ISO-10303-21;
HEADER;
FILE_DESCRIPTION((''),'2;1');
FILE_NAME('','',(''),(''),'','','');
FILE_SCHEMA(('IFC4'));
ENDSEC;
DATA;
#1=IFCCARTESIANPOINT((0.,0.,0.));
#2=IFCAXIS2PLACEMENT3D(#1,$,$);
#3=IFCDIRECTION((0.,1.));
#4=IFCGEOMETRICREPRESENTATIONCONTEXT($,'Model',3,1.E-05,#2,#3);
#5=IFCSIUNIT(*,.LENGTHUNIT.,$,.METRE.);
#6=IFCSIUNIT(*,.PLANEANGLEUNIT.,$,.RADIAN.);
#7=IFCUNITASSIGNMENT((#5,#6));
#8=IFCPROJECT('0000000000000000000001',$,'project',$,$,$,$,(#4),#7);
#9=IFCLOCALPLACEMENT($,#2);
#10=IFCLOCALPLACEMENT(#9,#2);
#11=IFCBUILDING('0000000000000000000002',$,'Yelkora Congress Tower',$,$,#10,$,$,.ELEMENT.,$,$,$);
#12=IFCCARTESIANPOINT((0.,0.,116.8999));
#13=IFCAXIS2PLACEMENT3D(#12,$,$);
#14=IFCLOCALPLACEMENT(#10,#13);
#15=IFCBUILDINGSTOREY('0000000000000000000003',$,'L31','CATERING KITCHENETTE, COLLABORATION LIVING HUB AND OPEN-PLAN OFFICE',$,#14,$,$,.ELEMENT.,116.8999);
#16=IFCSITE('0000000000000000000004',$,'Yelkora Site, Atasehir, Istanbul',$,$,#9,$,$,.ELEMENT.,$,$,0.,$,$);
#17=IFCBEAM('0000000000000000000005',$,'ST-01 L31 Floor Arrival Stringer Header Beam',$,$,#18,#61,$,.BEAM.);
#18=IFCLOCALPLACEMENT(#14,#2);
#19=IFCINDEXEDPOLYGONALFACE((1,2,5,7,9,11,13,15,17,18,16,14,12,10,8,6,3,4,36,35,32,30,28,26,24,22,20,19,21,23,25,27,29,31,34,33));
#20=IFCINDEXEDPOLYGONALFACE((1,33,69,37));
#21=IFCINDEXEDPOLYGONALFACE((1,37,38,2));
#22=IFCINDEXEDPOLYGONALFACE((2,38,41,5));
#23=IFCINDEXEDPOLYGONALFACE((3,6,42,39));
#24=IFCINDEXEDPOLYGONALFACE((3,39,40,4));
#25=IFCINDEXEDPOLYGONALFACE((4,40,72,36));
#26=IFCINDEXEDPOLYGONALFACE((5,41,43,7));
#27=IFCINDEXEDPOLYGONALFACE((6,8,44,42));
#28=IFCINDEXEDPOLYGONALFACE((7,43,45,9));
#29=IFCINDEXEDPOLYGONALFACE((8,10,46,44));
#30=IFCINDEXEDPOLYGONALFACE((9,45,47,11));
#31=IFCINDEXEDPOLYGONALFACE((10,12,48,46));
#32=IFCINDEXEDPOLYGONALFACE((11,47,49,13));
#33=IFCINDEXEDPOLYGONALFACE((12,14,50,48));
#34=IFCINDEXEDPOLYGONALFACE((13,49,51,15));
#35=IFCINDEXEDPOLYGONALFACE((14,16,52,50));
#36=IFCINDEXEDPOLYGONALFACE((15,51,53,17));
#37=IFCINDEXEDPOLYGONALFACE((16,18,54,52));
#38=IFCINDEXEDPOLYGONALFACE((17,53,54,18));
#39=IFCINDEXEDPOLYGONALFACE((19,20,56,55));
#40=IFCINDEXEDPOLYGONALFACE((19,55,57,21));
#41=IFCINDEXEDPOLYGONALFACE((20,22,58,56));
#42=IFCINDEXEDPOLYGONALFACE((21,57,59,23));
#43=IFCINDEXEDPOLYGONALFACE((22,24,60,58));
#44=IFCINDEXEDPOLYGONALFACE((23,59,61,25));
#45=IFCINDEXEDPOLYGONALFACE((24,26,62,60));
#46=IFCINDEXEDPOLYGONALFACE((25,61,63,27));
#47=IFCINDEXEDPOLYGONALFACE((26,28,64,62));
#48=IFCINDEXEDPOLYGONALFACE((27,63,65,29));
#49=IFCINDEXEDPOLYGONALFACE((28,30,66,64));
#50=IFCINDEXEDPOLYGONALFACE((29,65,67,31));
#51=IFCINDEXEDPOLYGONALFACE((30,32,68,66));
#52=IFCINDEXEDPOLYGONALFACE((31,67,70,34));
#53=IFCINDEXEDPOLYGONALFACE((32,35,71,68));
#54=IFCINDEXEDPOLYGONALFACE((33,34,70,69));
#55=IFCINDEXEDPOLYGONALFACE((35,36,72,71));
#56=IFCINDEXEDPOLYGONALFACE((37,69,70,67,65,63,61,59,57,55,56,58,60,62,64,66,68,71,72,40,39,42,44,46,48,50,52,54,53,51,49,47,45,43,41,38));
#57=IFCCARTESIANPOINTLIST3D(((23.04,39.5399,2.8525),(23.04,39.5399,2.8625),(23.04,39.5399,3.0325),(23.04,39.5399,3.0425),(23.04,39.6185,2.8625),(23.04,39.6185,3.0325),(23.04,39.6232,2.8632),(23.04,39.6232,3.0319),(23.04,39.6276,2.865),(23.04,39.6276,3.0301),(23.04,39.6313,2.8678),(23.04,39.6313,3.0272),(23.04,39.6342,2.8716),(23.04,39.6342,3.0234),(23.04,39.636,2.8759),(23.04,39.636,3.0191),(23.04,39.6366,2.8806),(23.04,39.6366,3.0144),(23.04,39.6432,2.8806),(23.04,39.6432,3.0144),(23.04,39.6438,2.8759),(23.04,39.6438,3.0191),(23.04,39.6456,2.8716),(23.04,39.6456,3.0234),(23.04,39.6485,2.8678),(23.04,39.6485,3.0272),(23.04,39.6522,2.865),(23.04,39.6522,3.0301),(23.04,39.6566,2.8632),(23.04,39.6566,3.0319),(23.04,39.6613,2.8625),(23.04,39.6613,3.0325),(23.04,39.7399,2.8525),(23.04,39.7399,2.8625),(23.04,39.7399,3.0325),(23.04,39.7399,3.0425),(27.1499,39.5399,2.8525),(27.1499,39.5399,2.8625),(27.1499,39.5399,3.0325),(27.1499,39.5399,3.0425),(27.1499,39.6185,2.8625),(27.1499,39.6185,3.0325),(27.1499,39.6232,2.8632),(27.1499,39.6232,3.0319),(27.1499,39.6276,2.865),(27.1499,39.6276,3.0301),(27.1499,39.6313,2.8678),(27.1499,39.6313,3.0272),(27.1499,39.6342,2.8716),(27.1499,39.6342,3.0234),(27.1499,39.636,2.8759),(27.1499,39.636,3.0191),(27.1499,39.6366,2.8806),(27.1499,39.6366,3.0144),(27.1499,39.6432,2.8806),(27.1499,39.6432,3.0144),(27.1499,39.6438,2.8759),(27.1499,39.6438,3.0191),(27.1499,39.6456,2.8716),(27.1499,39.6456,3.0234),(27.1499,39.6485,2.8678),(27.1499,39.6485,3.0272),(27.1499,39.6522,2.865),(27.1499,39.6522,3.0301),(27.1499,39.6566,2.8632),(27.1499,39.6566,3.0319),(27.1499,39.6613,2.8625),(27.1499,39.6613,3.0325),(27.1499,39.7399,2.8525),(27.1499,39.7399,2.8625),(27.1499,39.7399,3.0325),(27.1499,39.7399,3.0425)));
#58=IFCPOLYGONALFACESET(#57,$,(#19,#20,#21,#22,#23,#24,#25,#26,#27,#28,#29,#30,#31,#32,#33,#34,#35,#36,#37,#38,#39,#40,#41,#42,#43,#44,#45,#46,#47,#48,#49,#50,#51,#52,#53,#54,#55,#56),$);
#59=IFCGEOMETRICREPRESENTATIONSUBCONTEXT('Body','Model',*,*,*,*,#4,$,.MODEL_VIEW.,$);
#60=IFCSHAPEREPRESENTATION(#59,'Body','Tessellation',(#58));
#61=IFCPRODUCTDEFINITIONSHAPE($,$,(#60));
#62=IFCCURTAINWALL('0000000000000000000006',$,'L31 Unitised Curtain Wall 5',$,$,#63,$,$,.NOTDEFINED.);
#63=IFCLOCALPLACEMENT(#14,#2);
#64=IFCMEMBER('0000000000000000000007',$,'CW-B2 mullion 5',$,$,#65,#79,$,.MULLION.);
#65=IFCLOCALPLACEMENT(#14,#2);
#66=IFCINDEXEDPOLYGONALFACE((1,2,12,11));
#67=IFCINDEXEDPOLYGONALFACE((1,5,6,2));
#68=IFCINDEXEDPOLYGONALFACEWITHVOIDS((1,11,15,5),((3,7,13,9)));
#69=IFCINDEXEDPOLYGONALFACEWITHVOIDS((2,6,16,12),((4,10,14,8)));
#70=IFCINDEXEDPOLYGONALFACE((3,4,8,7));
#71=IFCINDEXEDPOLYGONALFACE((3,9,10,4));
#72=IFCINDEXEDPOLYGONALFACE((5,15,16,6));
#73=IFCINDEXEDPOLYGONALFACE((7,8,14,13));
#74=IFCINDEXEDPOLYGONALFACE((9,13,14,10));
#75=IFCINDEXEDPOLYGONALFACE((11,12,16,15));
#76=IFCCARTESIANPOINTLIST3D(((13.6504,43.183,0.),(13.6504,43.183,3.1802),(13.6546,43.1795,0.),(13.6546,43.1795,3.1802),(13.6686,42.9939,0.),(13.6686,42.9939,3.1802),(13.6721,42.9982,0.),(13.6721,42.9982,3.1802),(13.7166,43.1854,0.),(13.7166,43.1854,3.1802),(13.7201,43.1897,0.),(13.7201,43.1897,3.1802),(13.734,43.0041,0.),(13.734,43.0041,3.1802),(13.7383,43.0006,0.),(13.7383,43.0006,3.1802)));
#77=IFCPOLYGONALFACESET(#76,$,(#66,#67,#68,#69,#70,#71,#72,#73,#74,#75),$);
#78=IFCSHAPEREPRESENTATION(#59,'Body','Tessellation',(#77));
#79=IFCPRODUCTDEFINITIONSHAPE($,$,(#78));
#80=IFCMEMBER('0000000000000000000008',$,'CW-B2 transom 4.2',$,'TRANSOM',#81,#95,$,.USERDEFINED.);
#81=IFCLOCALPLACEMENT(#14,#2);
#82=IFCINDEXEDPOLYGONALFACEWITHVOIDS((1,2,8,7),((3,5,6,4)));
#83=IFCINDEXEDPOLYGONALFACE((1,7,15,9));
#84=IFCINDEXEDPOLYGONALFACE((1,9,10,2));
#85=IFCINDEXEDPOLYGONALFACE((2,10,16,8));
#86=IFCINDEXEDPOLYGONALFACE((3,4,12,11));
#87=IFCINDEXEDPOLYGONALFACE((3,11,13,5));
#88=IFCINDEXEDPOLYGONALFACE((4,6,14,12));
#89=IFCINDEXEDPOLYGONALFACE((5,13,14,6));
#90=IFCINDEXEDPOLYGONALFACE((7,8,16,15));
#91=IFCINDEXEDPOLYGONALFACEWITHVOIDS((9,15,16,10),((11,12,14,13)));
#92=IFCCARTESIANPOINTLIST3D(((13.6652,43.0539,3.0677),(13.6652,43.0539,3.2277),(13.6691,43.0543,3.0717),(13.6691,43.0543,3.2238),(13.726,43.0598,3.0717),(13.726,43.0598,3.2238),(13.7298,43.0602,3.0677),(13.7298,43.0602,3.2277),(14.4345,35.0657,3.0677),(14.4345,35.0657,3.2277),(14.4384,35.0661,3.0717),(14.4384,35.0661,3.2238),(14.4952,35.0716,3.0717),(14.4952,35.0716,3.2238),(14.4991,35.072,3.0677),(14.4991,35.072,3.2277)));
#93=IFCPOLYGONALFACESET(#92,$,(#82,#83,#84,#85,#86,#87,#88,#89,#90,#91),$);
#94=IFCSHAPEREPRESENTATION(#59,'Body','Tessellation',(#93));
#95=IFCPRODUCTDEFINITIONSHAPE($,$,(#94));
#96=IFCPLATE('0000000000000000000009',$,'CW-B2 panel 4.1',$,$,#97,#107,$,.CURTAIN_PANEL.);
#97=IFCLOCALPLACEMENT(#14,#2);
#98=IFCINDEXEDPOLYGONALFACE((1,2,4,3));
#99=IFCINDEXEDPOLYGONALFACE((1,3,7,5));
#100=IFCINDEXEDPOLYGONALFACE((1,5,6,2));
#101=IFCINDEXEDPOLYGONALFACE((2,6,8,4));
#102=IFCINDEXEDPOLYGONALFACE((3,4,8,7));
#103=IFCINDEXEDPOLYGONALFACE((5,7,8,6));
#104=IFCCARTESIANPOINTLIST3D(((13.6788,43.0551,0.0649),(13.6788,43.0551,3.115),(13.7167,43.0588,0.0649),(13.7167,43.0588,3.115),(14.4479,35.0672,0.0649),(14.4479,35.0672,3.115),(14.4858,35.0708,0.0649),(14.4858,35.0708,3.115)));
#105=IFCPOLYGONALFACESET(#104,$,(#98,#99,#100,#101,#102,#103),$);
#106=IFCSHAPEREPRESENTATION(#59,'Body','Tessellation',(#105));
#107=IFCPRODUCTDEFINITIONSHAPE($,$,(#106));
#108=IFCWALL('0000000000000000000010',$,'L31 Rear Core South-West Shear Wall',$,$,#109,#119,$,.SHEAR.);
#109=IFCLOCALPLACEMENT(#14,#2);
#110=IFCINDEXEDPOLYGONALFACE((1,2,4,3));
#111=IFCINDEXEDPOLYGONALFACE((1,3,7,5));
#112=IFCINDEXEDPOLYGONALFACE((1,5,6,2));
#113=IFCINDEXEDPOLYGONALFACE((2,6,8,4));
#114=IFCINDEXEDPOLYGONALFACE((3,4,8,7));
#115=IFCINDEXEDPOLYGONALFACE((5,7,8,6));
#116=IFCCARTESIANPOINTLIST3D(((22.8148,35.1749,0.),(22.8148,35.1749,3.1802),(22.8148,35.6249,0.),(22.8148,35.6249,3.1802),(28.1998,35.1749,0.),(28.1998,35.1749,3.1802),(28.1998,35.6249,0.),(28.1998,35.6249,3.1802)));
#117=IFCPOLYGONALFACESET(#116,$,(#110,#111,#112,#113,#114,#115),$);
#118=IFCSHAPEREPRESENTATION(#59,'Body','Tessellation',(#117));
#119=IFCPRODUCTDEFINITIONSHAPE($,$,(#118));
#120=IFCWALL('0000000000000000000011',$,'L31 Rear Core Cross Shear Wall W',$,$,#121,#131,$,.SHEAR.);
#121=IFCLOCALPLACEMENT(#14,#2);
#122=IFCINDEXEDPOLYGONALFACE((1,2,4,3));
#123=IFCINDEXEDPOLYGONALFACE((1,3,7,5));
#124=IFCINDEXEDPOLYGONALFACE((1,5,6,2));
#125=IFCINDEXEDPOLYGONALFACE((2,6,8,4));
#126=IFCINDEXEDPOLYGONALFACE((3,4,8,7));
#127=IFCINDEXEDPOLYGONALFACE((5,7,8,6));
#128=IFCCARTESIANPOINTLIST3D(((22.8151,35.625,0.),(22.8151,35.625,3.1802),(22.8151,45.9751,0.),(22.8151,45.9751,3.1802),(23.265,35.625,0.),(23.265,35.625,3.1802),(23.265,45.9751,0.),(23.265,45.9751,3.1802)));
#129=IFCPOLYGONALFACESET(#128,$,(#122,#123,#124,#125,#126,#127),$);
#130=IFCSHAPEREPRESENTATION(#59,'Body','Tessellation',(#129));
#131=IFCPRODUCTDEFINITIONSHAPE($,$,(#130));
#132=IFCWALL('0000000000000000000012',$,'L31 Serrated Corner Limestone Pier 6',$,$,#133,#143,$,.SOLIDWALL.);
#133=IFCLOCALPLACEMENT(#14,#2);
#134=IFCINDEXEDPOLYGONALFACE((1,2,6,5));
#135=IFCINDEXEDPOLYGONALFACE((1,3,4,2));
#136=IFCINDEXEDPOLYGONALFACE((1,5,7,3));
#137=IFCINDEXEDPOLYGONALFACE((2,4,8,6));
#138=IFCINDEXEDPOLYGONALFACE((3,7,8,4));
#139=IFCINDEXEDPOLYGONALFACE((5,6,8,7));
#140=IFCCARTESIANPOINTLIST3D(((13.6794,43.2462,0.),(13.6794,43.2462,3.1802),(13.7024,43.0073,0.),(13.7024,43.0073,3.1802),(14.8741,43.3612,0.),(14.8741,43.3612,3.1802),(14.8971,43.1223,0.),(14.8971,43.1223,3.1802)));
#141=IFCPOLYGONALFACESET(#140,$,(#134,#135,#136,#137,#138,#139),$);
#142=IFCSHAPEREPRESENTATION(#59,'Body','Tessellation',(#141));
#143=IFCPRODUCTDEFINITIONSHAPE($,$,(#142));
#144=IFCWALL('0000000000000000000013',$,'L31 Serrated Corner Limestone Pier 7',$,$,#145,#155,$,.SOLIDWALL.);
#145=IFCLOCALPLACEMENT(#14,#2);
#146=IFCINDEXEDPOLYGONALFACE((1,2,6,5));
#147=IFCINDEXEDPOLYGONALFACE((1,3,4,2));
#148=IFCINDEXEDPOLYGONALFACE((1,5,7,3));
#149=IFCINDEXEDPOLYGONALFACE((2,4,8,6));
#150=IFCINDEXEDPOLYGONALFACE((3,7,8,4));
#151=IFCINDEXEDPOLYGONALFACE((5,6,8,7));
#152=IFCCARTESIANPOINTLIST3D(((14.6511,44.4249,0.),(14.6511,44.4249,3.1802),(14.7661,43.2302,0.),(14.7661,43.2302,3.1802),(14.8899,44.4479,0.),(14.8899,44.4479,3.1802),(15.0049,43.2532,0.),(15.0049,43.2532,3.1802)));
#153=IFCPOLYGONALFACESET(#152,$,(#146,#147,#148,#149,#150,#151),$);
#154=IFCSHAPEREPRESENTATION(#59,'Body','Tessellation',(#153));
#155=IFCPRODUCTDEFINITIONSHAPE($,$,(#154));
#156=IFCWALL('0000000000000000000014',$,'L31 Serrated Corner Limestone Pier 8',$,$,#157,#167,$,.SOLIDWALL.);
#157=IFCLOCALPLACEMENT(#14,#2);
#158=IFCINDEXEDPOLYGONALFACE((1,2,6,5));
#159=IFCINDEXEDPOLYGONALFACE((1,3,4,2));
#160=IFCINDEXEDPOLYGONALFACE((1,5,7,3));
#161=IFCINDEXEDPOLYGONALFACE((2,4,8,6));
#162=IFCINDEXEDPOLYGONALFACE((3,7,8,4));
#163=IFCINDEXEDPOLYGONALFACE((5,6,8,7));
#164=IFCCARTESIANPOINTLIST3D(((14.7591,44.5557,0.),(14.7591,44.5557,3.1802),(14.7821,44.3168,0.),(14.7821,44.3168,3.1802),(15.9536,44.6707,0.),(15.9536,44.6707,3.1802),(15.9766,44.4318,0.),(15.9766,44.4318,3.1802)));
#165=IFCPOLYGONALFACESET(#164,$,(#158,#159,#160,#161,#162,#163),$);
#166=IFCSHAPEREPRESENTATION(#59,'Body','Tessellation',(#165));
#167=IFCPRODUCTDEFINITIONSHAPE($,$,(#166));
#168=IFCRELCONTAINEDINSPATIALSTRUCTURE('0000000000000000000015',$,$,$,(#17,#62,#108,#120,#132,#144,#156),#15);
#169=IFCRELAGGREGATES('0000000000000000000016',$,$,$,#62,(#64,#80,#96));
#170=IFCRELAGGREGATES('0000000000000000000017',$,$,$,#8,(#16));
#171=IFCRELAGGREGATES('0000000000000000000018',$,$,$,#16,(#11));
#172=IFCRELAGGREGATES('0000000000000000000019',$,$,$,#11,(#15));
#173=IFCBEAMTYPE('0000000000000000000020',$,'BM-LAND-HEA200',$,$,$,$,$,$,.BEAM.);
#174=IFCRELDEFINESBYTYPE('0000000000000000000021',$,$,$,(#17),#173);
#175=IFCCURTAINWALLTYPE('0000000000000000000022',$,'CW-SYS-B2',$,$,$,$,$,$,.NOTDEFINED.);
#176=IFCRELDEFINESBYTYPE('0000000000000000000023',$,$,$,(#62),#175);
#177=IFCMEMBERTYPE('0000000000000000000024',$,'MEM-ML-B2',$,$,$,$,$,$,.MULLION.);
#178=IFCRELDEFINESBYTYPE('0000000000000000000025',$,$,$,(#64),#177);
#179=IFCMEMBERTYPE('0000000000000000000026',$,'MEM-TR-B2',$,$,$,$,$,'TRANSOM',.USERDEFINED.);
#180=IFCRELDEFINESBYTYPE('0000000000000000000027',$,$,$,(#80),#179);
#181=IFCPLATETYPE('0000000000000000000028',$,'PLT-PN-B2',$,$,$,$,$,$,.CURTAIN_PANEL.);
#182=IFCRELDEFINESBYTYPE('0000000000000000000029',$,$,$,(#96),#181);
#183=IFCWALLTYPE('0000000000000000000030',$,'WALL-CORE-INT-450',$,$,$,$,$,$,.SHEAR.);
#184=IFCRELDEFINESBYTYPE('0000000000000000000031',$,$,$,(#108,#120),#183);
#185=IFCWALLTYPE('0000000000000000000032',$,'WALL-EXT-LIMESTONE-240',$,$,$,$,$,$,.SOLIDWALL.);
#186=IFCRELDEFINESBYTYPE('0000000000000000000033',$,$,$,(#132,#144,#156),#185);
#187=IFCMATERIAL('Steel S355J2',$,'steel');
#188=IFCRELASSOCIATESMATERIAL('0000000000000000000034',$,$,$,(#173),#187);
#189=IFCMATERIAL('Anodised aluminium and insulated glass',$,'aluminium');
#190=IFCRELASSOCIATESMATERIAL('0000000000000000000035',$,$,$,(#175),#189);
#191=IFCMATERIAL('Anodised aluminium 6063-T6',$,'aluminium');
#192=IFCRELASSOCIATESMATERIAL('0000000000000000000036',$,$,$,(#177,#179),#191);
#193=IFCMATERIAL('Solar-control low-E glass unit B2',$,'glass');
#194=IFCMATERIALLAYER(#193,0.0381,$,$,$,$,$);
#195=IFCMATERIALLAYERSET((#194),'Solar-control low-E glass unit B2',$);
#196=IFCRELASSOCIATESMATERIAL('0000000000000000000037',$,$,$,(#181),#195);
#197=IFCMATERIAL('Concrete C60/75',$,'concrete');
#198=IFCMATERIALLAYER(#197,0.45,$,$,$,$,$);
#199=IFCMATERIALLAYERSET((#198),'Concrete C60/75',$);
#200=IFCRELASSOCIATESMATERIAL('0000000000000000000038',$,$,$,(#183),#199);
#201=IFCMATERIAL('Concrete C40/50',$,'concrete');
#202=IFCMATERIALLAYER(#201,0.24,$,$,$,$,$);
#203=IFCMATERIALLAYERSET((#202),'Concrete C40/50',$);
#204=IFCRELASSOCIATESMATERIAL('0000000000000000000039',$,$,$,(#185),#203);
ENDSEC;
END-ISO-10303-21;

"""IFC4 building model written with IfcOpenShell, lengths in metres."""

from ifc_helpers import new_model, si_unit, direction, frame, frame_2d, origin, origin_2d, place, context, subcontext, project, spatial, rectangle, hollow_rectangle, i_section, extrude, material, layer, layer_set, material_profile, profile_set, type_object, element, aggregate, save


model = new_model("IFC4")

# Units and contexts
model_context = context("Model", 3, precision=1e-05, world=origin(), true_north=direction((0.0, 1.0)))
body_context = subcontext(model_context, "Body", "Model", "MODEL_VIEW")
ifc_project = project(units=[si_unit("LENGTHUNIT", "METRE"), si_unit("PLANEANGLEUNIT", "RADIAN")], contexts=[model_context])

# Site, building, storey
site_placement = place(None, origin())
site = spatial("IfcSite", under=ifc_project, at=site_placement, Name="Yelkora Site, Atasehir, Istanbul", CompositionType="ELEMENT", RefElevation=0.0)
building_placement = place(site_placement, origin())
building = spatial("IfcBuilding", under=site, at=building_placement, Name="Yelkora Congress Tower", CompositionType="ELEMENT")
storey_placement = place(building_placement, frame((0.0, 0.0, 116.8999)))
storey = spatial("IfcBuildingStorey", under=building, at=storey_placement, Name="L31", Description="CATERING KITCHENETTE, COLLABORATION LIVING HUB AND OPEN-PLAN OFFICE", CompositionType="ELEMENT", Elevation=116.8999)

# Beam
ifc_material_1 = material(Name="Steel S355J2", Category="steel")
ifc_material_profile_1 = material_profile(ifc_material_1, i_section(OverallWidth=0.2, OverallDepth=0.1899, WebThickness=0.0066, FlangeThickness=0.01, FilletRadius=0.0181, at=origin_2d()), Name="HEA 200")
ifc_profile_set_1 = profile_set([ifc_material_profile_1], Name="Steel S355J2")
beam_type_1 = type_object("IfcBeamType", Name="BM-LAND-HEA200", PredefinedType="BEAM", material=ifc_profile_set_1)
beam_1_placement = place(storey_placement, frame((23.04, 39.6399, 2.9475), z_axis=(1.0, 0.0, 0.0), x_axis=(0.0, 1.0, 0.0)))
element("IfcBeam", 1, at=beam_1_placement, inside=storey, type_object=beam_type_1, Name="ST-01 L31 Floor Arrival Stringer Header Beam", PredefinedType="BEAM", context=body_context, shape_type="SweptSolid", body=[
    extrude(i_section(OverallWidth=0.2, OverallDepth=0.1899, WebThickness=0.0066, FlangeThickness=0.01, FilletRadius=0.0181, at=origin_2d()), origin(), (0.0, 0.0, 1.0), 4.1099),
])

# Curtain wall, members, plate
ifc_material_2 = material(Name="Anodised aluminium and insulated glass", Category="aluminium")
curtain_wall_type = type_object("IfcCurtainWallType", Name="CW-SYS-B2", PredefinedType="NOTDEFINED", material=ifc_material_2)
curtain_wall_placement = place(storey_placement, origin())
curtain_wall = element("IfcCurtainWall", 2, at=curtain_wall_placement, inside=storey, type_object=curtain_wall_type, Name="L31 Unitised Curtain Wall 5", PredefinedType="NOTDEFINED")
ifc_material_3 = material(Name="Anodised aluminium 6063-T6", Category="aluminium")
ifc_material_profile_2 = material_profile(ifc_material_3, hollow_rectangle(XDim=0.0701, YDim=0.1899, WallThickness=0.0039, at=origin_2d()), Name="ALU 70x190x4")
ifc_profile_set_2 = profile_set([ifc_material_profile_2], Name="Anodised aluminium 6063-T6")
member_type_1 = type_object("IfcMemberType", Name="MEM-ML-B2", PredefinedType="MULLION", material=ifc_profile_set_2)
member_1_placement = place(storey_placement, frame((13.6943, 43.0918, 0.0), z_axis=(0.0, 0.0, 1.0), x_axis=(-0.995397, -0.095843, 0.0)))
member_1 = element("IfcMember", 3, at=member_1_placement, type_object=member_type_1, Name="CW-B2 mullion 5", PredefinedType="MULLION", context=body_context, shape_type="SweptSolid", body=[
    extrude(hollow_rectangle(XDim=0.0701, YDim=0.1899, WallThickness=0.0039, at=origin_2d()), origin(), (0.0, 0.0, 1.0), 3.1802),
])
ifc_material_profile_3 = material_profile(ifc_material_3, hollow_rectangle(XDim=0.0649, YDim=0.1599, WallThickness=0.0039, at=origin_2d()), Name="ALU 65x160x4")
ifc_profile_set_3 = profile_set([ifc_material_profile_3], Name="Anodised aluminium 6063-T6")
member_type_2 = type_object("IfcMemberType", Name="MEM-TR-B2", ElementType="TRANSOM", PredefinedType="USERDEFINED", material=ifc_profile_set_3)
member_2_placement = place(storey_placement, frame((14.4668, 35.0688, 3.1477), z_axis=(-0.095858, 0.995395, 0.0), x_axis=(-0.995395, -0.095858, 0.0)))
member_2 = element("IfcMember", 4, at=member_2_placement, type_object=member_type_2, Name="CW-B2 transom 4.2", ObjectType="TRANSOM", PredefinedType="USERDEFINED", context=body_context, shape_type="SweptSolid", body=[
    extrude(hollow_rectangle(XDim=0.0649, YDim=0.1599, WallThickness=0.0039, at=origin_2d()), origin(), (0.0, 0.0, 1.0), 8.0251),
])
ifc_material_4 = material(Name="Solar-control low-E glass unit B2", Category="glass")
ifc_layer_1 = layer(ifc_material_4, 0.0381)
ifc_layer_set_1 = layer_set([ifc_layer_1], Name="Solar-control low-E glass unit B2")
plate_type = type_object("IfcPlateType", Name="PLT-PN-B2", PredefinedType="CURTAIN_PANEL", material=ifc_layer_set_1)
plate_placement = place(storey_placement, frame((14.0823, 39.063, 0.0649), z_axis=(0.0, 0.0, 1.0), x_axis=(-0.095843, 0.995397, 0.0)))
plate = element("IfcPlate", 5, at=plate_placement, type_object=plate_type, Name="CW-B2 panel 4.1", PredefinedType="CURTAIN_PANEL", context=body_context, shape_type="SweptSolid", body=[
    extrude(rectangle(XDim=8.0249, YDim=0.0381, at=origin_2d()), origin(), (0.0, 0.0, 1.0), 3.05),
])
aggregate(curtain_wall, [member_1, member_2, plate])

# Walls
ifc_material_5 = material(Name="Concrete C60/75", Category="concrete")
ifc_layer_2 = layer(ifc_material_5, 0.45)
ifc_layer_set_2 = layer_set([ifc_layer_2], Name="Concrete C60/75")
wall_type_1 = type_object("IfcWallType", Name="WALL-CORE-INT-450", PredefinedType="SHEAR", material=ifc_layer_set_2)
wall_1_placement = place(storey_placement, frame((22.8149, 35.3999, 0.0), z_axis=(0.0, 0.0, 1.0), x_axis=(1.0, 0.0, 0.0)))
element("IfcWall", 6, at=wall_1_placement, inside=storey, type_object=wall_type_1, Name="L31 Rear Core South-West Shear Wall", PredefinedType="SHEAR", context=body_context, shape_type="SweptSolid", body=[
    extrude(rectangle(XDim=5.385, YDim=0.45, at=frame_2d((2.6924, 0.0))), origin(), (0.0, 0.0, 1.0), 3.1802),
])
wall_2_placement = place(storey_placement, frame((23.04, 35.625, 0.0), z_axis=(0.0, 0.0, 1.0), x_axis=(0.0, 1.0, 0.0)))
element("IfcWall", 7, at=wall_2_placement, inside=storey, type_object=wall_type_1, Name="L31 Rear Core Cross Shear Wall W", PredefinedType="SHEAR", context=body_context, shape_type="SweptSolid", body=[
    extrude(rectangle(XDim=10.3501, YDim=0.45, at=frame_2d((5.175, 0.0))), origin(), (0.0, 0.0, 1.0), 3.1802),
])
ifc_material_6 = material(Name="Concrete C40/50", Category="concrete")
ifc_layer_3 = layer(ifc_material_6, 0.24)
ifc_layer_set_3 = layer_set([ifc_layer_3], Name="Concrete C40/50")
wall_type_2 = type_object("IfcWallType", Name="WALL-EXT-LIMESTONE-240", PredefinedType="SOLIDWALL", material=ifc_layer_set_3)
for number, where, z_axis, x_axis, name in (
    (8, (13.6909, 43.1267, 0.0), (0.0, 0.0, 1.0), (0.995399, 0.095817, 0.0), "L31 Serrated Corner Limestone Pier 6"),
    (9, (14.8855, 43.2417, 0.0), (0.0, 0.0, 1.0), (-0.095817, 0.995399, 0.0), "L31 Serrated Corner Limestone Pier 7"),
):
    element("IfcWall", number, at=place(storey_placement, frame(where, z_axis=z_axis, x_axis=x_axis)), inside=storey, type_object=wall_type_2, Name=name, PredefinedType="SOLIDWALL", context=body_context, shape_type="SweptSolid", body=[
        extrude(rectangle(XDim=1.2002, YDim=0.24, at=frame_2d((0.6001, 0.0))), origin(), (0.0, 0.0, 1.0), 3.1802),
    ])
wall_3_placement = place(storey_placement, frame((14.7705, 44.4363, 0.0), z_axis=(0.0, 0.0, 1.0), x_axis=(0.995397, 0.095836, 0.0)))
element("IfcWall", 10, at=wall_3_placement, inside=storey, type_object=wall_type_2, Name="L31 Serrated Corner Limestone Pier 8", PredefinedType="SOLIDWALL", context=body_context, shape_type="SweptSolid", body=[
    extrude(rectangle(XDim=1.2, YDim=0.24, at=frame_2d((0.6001, 0.0))), origin(), (0.0, 0.0, 1.0), 3.1802),
])

save(model, "model.ifc")
